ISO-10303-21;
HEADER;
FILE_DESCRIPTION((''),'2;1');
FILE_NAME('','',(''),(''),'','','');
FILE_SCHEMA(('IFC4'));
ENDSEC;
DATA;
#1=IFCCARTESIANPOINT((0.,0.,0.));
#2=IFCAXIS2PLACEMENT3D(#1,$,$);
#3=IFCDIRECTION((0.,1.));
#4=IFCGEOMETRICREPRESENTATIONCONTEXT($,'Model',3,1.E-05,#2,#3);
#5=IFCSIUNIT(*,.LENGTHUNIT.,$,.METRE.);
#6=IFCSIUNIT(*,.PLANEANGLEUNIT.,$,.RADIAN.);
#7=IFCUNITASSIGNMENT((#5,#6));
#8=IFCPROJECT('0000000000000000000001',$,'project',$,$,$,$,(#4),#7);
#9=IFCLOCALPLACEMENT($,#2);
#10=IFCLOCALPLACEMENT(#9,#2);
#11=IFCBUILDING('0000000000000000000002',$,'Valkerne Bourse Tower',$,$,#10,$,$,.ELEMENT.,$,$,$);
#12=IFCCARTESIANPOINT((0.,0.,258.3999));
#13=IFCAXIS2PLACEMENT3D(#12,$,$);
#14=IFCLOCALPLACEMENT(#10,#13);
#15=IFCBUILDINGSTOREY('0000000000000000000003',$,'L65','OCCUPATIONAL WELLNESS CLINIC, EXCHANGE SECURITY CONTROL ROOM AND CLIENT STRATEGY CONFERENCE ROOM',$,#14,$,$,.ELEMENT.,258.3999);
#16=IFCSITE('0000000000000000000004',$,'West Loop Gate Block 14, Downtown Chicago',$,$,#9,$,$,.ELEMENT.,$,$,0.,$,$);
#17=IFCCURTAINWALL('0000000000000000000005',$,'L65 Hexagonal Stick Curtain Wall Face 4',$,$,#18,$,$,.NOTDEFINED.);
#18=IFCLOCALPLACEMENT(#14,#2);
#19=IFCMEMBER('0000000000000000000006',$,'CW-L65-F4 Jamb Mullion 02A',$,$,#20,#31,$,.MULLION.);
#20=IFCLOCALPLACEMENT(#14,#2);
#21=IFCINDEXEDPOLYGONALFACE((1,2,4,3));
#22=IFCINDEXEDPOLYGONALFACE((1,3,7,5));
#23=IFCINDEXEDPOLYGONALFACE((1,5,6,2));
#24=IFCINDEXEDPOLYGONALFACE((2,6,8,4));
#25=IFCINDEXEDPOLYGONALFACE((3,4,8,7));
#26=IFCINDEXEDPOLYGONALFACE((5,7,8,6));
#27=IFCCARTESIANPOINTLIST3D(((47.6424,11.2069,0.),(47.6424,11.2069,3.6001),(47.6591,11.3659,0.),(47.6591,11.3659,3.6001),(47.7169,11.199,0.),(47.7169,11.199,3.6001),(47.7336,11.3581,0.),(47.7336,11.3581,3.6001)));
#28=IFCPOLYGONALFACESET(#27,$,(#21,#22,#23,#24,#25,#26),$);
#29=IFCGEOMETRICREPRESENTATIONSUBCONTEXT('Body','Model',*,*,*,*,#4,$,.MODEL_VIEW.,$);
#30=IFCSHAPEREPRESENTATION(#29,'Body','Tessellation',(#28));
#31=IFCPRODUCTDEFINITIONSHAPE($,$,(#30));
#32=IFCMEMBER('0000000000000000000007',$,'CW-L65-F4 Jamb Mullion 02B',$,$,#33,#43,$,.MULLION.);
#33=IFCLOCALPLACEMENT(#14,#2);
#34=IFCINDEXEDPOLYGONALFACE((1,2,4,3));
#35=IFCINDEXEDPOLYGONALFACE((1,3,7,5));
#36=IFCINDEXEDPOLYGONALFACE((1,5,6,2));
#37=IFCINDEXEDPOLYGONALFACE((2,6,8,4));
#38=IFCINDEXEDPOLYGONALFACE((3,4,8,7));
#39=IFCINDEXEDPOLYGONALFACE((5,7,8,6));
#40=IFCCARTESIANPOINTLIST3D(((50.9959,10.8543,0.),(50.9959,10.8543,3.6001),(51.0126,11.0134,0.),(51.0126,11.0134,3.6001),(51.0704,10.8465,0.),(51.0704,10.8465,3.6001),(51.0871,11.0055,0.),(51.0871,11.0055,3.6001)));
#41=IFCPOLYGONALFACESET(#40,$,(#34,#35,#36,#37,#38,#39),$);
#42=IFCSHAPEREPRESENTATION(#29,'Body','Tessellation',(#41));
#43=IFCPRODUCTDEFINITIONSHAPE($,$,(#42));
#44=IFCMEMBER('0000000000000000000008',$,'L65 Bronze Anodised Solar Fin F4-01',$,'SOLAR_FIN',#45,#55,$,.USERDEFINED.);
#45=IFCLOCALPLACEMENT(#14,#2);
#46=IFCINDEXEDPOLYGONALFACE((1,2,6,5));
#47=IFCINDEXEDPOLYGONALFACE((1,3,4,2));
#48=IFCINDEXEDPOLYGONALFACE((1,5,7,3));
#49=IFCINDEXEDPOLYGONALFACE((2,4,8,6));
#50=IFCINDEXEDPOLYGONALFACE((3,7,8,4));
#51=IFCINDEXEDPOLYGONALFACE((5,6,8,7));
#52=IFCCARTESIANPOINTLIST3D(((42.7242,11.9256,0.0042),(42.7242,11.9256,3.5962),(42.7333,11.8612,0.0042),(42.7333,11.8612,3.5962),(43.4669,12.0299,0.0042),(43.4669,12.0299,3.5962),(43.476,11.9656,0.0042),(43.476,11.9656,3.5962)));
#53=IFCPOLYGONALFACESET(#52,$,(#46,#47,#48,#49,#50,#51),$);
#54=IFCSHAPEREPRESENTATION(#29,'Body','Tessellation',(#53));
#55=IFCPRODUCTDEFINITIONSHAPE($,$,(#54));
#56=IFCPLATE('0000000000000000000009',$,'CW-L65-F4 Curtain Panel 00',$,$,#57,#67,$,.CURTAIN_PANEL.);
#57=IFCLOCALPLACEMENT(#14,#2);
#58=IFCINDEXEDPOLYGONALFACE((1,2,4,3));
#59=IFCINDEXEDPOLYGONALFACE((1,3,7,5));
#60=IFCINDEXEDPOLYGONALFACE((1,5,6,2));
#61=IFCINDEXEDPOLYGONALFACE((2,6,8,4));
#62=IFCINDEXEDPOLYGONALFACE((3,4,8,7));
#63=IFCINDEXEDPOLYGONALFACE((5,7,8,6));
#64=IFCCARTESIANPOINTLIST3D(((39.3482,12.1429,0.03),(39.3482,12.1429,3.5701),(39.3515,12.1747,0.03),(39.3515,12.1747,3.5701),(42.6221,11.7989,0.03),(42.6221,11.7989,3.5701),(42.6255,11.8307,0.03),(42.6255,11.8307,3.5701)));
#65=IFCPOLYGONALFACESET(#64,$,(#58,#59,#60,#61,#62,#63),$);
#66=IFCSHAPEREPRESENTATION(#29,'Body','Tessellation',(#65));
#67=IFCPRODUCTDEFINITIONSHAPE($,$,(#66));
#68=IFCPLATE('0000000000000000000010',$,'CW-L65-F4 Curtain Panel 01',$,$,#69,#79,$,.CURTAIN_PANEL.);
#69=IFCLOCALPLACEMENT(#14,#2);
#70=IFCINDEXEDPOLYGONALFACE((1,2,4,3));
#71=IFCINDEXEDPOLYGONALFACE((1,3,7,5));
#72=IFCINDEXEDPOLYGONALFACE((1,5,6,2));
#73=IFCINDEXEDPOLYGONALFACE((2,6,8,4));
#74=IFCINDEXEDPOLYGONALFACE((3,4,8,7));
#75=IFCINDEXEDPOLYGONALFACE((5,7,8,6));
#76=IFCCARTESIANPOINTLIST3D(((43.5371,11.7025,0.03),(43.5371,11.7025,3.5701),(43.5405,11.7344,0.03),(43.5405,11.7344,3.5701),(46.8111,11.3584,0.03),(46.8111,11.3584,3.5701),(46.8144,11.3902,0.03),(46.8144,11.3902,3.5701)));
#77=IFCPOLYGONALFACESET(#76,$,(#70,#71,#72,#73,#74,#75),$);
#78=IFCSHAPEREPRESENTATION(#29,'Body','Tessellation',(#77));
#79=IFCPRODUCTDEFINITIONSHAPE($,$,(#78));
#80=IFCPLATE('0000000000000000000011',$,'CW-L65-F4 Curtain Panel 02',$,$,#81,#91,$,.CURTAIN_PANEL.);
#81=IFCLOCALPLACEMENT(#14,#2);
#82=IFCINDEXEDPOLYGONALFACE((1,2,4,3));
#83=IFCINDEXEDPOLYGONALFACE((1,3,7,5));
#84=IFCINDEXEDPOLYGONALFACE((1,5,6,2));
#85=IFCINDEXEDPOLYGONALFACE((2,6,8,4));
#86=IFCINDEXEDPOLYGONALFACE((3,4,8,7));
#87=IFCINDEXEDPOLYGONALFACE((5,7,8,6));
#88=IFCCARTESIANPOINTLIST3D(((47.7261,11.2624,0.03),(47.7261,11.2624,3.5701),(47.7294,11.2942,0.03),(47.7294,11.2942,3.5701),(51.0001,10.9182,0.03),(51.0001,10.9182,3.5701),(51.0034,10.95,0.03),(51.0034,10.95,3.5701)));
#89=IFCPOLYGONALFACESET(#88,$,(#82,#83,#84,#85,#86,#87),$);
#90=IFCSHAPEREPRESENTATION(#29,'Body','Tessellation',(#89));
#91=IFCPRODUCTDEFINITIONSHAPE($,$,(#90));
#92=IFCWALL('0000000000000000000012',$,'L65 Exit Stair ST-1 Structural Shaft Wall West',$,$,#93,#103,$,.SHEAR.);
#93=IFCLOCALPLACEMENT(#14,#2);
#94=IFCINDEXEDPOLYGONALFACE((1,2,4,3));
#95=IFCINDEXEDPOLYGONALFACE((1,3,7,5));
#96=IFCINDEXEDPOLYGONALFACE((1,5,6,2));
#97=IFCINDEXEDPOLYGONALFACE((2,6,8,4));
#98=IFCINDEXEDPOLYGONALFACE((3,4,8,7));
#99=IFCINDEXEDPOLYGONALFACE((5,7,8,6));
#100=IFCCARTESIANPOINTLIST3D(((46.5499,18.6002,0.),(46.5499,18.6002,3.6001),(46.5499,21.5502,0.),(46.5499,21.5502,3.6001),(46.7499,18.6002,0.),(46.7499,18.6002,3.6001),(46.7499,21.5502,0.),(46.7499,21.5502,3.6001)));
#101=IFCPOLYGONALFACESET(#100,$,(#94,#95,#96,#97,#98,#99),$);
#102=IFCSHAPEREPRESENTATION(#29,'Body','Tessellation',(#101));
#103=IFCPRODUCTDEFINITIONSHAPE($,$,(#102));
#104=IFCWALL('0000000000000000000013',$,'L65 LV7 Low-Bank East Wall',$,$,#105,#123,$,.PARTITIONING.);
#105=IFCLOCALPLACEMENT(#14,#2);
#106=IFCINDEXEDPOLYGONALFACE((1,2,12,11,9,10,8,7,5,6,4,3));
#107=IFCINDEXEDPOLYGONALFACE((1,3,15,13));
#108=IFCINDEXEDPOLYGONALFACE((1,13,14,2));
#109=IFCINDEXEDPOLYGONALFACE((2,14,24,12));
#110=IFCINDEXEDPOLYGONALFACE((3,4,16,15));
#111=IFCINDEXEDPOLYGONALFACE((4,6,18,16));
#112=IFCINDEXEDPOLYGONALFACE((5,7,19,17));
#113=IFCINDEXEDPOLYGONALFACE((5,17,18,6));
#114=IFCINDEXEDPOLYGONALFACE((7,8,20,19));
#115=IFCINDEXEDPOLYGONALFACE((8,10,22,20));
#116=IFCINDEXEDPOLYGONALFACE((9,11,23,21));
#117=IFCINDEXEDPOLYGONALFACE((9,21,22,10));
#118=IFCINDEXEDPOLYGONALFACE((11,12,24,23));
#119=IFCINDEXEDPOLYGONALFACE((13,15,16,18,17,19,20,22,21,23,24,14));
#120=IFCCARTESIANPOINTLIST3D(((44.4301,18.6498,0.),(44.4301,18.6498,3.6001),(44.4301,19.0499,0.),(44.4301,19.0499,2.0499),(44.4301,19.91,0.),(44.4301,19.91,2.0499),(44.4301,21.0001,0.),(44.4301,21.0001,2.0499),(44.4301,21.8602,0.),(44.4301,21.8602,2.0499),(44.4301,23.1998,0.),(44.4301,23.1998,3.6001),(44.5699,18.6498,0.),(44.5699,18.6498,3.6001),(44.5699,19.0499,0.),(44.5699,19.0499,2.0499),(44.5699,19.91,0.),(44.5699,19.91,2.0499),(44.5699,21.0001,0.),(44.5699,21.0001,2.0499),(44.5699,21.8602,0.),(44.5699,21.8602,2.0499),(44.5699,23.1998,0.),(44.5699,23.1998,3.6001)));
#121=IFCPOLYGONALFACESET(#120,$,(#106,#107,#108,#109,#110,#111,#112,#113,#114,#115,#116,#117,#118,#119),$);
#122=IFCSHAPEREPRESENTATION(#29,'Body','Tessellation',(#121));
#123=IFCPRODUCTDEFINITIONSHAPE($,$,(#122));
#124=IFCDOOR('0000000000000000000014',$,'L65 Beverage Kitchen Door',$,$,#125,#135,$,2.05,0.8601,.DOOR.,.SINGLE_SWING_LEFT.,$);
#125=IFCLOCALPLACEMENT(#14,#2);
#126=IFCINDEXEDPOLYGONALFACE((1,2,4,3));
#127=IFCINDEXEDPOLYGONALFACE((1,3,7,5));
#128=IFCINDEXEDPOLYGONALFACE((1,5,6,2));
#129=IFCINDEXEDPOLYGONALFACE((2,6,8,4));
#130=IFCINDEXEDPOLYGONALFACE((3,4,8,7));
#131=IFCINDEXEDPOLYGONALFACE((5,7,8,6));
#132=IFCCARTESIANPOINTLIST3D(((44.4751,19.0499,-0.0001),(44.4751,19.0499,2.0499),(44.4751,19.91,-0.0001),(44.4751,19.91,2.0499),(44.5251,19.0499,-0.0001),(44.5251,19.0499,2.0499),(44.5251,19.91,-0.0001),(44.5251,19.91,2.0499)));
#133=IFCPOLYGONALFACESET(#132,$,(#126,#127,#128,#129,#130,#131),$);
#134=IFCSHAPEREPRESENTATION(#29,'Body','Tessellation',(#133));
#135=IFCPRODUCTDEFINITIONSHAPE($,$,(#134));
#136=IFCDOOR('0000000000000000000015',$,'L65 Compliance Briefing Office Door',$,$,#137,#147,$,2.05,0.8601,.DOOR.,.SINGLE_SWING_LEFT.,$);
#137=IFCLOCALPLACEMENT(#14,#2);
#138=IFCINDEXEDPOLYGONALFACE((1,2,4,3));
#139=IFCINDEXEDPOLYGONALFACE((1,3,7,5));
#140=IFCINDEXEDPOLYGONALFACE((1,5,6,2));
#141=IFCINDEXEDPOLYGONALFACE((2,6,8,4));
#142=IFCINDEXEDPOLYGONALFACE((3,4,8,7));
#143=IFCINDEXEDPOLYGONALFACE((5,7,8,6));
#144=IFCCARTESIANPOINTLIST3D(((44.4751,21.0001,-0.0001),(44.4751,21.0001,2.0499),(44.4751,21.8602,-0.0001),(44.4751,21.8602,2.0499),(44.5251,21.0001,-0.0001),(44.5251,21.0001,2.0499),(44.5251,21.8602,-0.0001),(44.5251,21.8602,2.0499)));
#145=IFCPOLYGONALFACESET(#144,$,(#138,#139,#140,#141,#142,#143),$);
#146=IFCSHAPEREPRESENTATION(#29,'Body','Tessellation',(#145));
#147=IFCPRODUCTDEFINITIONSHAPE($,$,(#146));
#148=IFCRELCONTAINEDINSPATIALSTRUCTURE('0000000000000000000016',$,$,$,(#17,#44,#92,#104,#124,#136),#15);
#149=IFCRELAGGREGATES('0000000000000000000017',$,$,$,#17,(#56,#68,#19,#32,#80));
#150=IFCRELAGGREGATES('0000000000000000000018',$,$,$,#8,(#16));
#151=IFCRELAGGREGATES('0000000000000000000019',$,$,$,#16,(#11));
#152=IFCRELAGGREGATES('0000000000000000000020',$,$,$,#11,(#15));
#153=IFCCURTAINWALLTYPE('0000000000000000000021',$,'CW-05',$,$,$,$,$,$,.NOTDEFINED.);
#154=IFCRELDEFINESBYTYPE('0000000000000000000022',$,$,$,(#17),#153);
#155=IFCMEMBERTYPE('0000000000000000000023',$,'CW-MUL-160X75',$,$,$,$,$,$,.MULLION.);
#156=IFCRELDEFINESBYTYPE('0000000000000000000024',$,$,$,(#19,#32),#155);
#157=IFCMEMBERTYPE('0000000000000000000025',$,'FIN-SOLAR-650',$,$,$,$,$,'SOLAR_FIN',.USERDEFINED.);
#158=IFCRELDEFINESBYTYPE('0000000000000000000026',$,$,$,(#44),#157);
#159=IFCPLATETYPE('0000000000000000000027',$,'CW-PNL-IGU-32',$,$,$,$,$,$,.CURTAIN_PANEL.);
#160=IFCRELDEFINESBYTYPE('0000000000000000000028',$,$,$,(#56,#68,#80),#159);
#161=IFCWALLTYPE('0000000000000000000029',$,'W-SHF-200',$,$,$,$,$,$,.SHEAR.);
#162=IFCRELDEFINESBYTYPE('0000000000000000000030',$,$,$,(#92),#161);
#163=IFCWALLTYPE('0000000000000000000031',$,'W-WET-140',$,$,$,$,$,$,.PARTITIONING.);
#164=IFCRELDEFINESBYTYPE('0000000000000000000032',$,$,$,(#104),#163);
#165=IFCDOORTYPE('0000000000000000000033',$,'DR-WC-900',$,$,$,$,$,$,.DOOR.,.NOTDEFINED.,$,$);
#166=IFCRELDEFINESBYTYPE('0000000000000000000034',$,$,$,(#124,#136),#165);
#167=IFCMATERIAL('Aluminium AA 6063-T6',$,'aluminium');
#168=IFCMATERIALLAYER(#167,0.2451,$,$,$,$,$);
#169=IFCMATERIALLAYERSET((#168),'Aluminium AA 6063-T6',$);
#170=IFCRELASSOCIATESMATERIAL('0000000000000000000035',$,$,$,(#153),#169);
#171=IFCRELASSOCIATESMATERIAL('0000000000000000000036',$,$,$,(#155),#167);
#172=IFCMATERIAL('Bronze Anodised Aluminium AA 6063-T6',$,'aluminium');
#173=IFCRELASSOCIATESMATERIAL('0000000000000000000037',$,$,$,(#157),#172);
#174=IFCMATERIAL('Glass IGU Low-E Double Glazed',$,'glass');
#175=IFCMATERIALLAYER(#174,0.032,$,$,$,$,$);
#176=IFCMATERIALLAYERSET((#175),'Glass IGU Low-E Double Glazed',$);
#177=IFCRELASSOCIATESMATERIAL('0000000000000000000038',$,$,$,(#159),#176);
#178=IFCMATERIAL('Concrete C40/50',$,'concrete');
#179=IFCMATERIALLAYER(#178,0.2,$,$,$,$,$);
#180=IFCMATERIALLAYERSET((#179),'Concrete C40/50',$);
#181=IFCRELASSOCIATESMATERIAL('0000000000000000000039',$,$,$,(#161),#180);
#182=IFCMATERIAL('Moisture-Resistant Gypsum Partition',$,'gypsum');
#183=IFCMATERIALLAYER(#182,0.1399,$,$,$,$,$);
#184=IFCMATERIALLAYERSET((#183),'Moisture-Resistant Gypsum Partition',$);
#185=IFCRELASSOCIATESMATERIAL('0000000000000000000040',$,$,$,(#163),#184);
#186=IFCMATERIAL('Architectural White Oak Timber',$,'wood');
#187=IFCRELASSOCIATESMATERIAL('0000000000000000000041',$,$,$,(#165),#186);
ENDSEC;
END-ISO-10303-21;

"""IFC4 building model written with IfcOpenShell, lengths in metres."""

from ifc_helpers import new_model, si_unit, direction, frame, frame_2d, origin, origin_2d, place, context, subcontext, project, spatial, rectangle, extrude, material, layer, layer_set, material_profile, profile_set, type_object, element, fill, aggregate, save


model = new_model("IFC4")

# Units and contexts
model_context = context("Model", 3, precision=1e-05, world=origin(), true_north=direction((0.0, 1.0)))
body_context = subcontext(model_context, "Body", "Model", "MODEL_VIEW")
ifc_project = project(units=[si_unit("LENGTHUNIT", "METRE"), si_unit("PLANEANGLEUNIT", "RADIAN")], contexts=[model_context])

# Site, building, storey
site_placement = place(None, origin())
site = spatial("IfcSite", under=ifc_project, at=site_placement, Name="West Loop Gate Block 14, Downtown Chicago", CompositionType="ELEMENT", RefElevation=0.0)
building_placement = place(site_placement, origin())
building = spatial("IfcBuilding", under=site, at=building_placement, Name="Valkerne Bourse Tower", CompositionType="ELEMENT")
storey_placement = place(building_placement, frame((0.0, 0.0, 258.3999)))
storey = spatial("IfcBuildingStorey", under=building, at=storey_placement, Name="L65", Description="OCCUPATIONAL WELLNESS CLINIC, EXCHANGE SECURITY CONTROL ROOM AND CLIENT STRATEGY CONFERENCE ROOM", CompositionType="ELEMENT", Elevation=258.3999)

# Curtain wall, members
ifc_material_1 = material(Name="Aluminium AA 6063-T6", Category="aluminium")
ifc_layer_1 = layer(ifc_material_1, 0.2451)
ifc_layer_set_1 = layer_set([ifc_layer_1], Name="Aluminium AA 6063-T6")
curtain_wall_type = type_object("IfcCurtainWallType", Name="CW-05", PredefinedType="NOTDEFINED", material=ifc_layer_set_1)
curtain_wall_placement = place(storey_placement, origin())
curtain_wall = element("IfcCurtainWall", 1, at=curtain_wall_placement, inside=storey, type_object=curtain_wall_type, Name="L65 Hexagonal Stick Curtain Wall Face 4", PredefinedType="NOTDEFINED")
ifc_material_profile_1 = material_profile(ifc_material_1, rectangle(XDim=0.075, YDim=0.1599, at=origin_2d()), Name="CWM-75X160")
ifc_profile_set_1 = profile_set([ifc_material_profile_1], Name="Aluminium AA 6063-T6")
member_type_1 = type_object("IfcMemberType", Name="CW-MUL-160X75", PredefinedType="MULLION", material=ifc_profile_set_1)
member_1_placement = place(storey_placement, frame((47.688, 11.2825, 0.0), z_axis=(0.0, 0.0, 1.0), x_axis=(0.994521, -0.104535, 0.0)))
member_1 = element("IfcMember", 2, at=member_1_placement, type_object=member_type_1, Name="CW-L65-F4 Jamb Mullion 02A", PredefinedType="MULLION", context=body_context, shape_type="SweptSolid", body=[
    extrude(rectangle(XDim=0.075, YDim=0.1599, at=origin_2d()), origin(), (0.0, 0.0, 1.0), 3.6001),
])
member_2_placement = place(storey_placement, frame((51.0415, 10.9299, 0.0), z_axis=(0.0, 0.0, 1.0), x_axis=(0.994521, -0.104535, 0.0)))
member_2 = element("IfcMember", 3, at=member_2_placement, type_object=member_type_1, Name="CW-L65-F4 Jamb Mullion 02B", PredefinedType="MULLION", context=body_context, shape_type="SweptSolid", body=[
    extrude(rectangle(XDim=0.075, YDim=0.1599, at=origin_2d()), origin(), (0.0, 0.0, 1.0), 3.6001),
])

# Member
ifc_material_2 = material(Name="Bronze Anodised Aluminium AA 6063-T6", Category="aluminium")
ifc_material_profile_2 = material_profile(ifc_material_2, rectangle(XDim=0.0649, YDim=0.75, at=origin_2d()), Name="FIN-65X750")
ifc_profile_set_2 = profile_set([ifc_material_profile_2], Name="Bronze Anodised Aluminium AA 6063-T6")
member_type_2 = type_object("IfcMemberType", Name="FIN-SOLAR-650", ElementType="SOLAR_FIN", PredefinedType="USERDEFINED", material=ifc_profile_set_2)
member_3_placement = place(storey_placement, frame((43.1001, 11.9456, 0.0042), z_axis=(0.0, 0.0, 1.0), x_axis=(0.139086, -0.99028, 0.0)))
element("IfcMember", 4, at=member_3_placement, inside=storey, type_object=member_type_2, Name="L65 Bronze Anodised Solar Fin F4-01", ObjectType="SOLAR_FIN", PredefinedType="USERDEFINED", context=body_context, shape_type="SweptSolid", body=[
    extrude(rectangle(XDim=0.0649, YDim=0.75, at=origin_2d()), origin(), (0.0, 0.0, 1.0), 3.592),
])

# Plates
ifc_material_3 = material(Name="Glass IGU Low-E Double Glazed", Category="glass")
ifc_layer_2 = layer(ifc_material_3, 0.032)
ifc_layer_set_2 = layer_set([ifc_layer_2], Name="Glass IGU Low-E Double Glazed")
plate_type = type_object("IfcPlateType", Name="CW-PNL-IGU-32", PredefinedType="CURTAIN_PANEL", material=ifc_layer_set_2)
plate_1_placement = place(storey_placement, frame((40.9868, 11.9868, 0.03), z_axis=(0.0, 0.0, 1.0), x_axis=(0.994524, -0.104512, 0.0)))
plate_1 = element("IfcPlate", 5, at=plate_1_placement, type_object=plate_type, Name="CW-L65-F4 Curtain Panel 00", PredefinedType="CURTAIN_PANEL", context=body_context, shape_type="SweptSolid", body=[
    extrude(rectangle(XDim=3.292, YDim=0.032, at=origin_2d()), origin(), (0.0, 0.0, 1.0), 3.54),
])
plate_2_placement = place(storey_placement, frame((45.1758, 11.5464, 0.03), z_axis=(0.0, 0.0, 1.0), x_axis=(0.994521, -0.104533, 0.0)))
plate_2 = element("IfcPlate", 6, at=plate_2_placement, type_object=plate_type, Name="CW-L65-F4 Curtain Panel 01", PredefinedType="CURTAIN_PANEL", context=body_context, shape_type="SweptSolid", body=[
    extrude(rectangle(XDim=3.292, YDim=0.032, at=origin_2d()), origin(), (0.0, 0.0, 1.0), 3.54),
])
plate_3_placement = place(storey_placement, frame((49.3647, 11.1062, 0.03), z_axis=(0.0, 0.0, 1.0), x_axis=(0.994521, -0.104535, 0.0)))
plate_3 = element("IfcPlate", 7, at=plate_3_placement, type_object=plate_type, Name="CW-L65-F4 Curtain Panel 02", PredefinedType="CURTAIN_PANEL", context=body_context, shape_type="SweptSolid", body=[
    extrude(rectangle(XDim=3.292, YDim=0.032, at=origin_2d()), origin(), (0.0, 0.0, 1.0), 3.54),
])
aggregate(curtain_wall, [plate_1, plate_2, member_1, member_2, plate_3])

# Wall
ifc_material_4 = material(Name="Concrete C40/50", Category="concrete")
ifc_layer_3 = layer(ifc_material_4, 0.2)
ifc_layer_set_3 = layer_set([ifc_layer_3], Name="Concrete C40/50")
wall_type_1 = type_object("IfcWallType", Name="W-SHF-200", PredefinedType="SHEAR", material=ifc_layer_set_3)
wall_1_placement = place(storey_placement, frame((46.6499, 18.6001, 0.0), z_axis=(0.0, 0.0, 1.0), x_axis=(0.0, 1.0, 0.0)))
element("IfcWall", 8, at=wall_1_placement, inside=storey, type_object=wall_type_1, Name="L65 Exit Stair ST-1 Structural Shaft Wall West", PredefinedType="SHEAR", context=body_context, shape_type="SweptSolid", body=[
    extrude(rectangle(XDim=2.95, YDim=0.2, at=frame_2d((1.4751, 0.0))), origin(), (0.0, 0.0, 1.0), 3.6001),
])

# Wall, openings, doors
ifc_material_5 = material(Name="Moisture-Resistant Gypsum Partition", Category="gypsum")
ifc_layer_4 = layer(ifc_material_5, 0.1399)
ifc_layer_set_4 = layer_set([ifc_layer_4], Name="Moisture-Resistant Gypsum Partition")
wall_type_2 = type_object("IfcWallType", Name="W-WET-140", PredefinedType="PARTITIONING", material=ifc_layer_set_4)
wall_2_placement = place(storey_placement, frame((44.5, 18.6499, 0.0), z_axis=(0.0, 0.0, 1.0), x_axis=(0.0, 1.0, 0.0)))
wall_2 = element("IfcWall", 9, at=wall_2_placement, inside=storey, type_object=wall_type_2, Name="L65 LV7 Low-Bank East Wall", PredefinedType="PARTITIONING", context=body_context, shape_type="SweptSolid", body=[
    extrude(rectangle(XDim=4.55, YDim=0.1399, at=frame_2d((2.2749, 0.0))), origin(), (0.0, 0.0, 1.0), 3.6001),
])
opening_1_placement = place(wall_2_placement, frame((0.3999, 0.0, 0.0)))
opening_1 = element("IfcOpeningElement", 10, at=opening_1_placement, cuts=wall_2, PredefinedType="OPENING", context=body_context, shape_type="SweptSolid", body=[
    extrude(rectangle(XDim=0.8601, YDim=2.05, at=frame_2d((0.4302, 1.0249))), frame((0.0, 0.0798, 0.0), z_axis=(0.0, -1.0, 0.0), x_axis=(1.0, 0.0, 0.0)), (0.0, 0.0, 1.0), 0.1599),
])
opening_2_placement = place(wall_2_placement, frame((2.3501, 0.0, 0.0)))
opening_2 = element("IfcOpeningElement", 11, at=opening_2_placement, cuts=wall_2, PredefinedType="OPENING", context=body_context, shape_type="SweptSolid", body=[
    extrude(rectangle(XDim=0.8601, YDim=2.05, at=frame_2d((0.4302, 1.0249))), frame((0.0, 0.0798, 0.0), z_axis=(0.0, -1.0, 0.0), x_axis=(1.0, 0.0, 0.0)), (0.0, 0.0, 1.0), 0.1599),
])
ifc_material_6 = material(Name="Architectural White Oak Timber", Category="wood")
door_type = type_object("IfcDoorType", Name="DR-WC-900", OperationType="NOTDEFINED", PredefinedType="DOOR", material=ifc_material_6)
door_1_placement = place(opening_1_placement, origin())
door_1 = element("IfcDoor", 12, at=door_1_placement, inside=storey, type_object=door_type, Name="L65 Beverage Kitchen Door", OperationType="SINGLE_SWING_LEFT", OverallHeight=2.05, OverallWidth=0.8601, PredefinedType="DOOR", context=body_context, shape_type="SweptSolid", body=[
    extrude(rectangle(XDim=0.8601, YDim=2.05, at=frame_2d((0.4302, 1.0249))), frame((0.0, 0.0249, 0.0), z_axis=(0.0, -1.0, 0.0), x_axis=(1.0, 0.0, 0.0)), (0.0, 0.0, 1.0), 0.05),
])
fill(opening_1, door_1)
door_2_placement = place(opening_2_placement, origin())
door_2 = element("IfcDoor", 13, at=door_2_placement, inside=storey, type_object=door_type, Name="L65 Compliance Briefing Office Door", OperationType="SINGLE_SWING_LEFT", OverallHeight=2.05, OverallWidth=0.8601, PredefinedType="DOOR", context=body_context, shape_type="SweptSolid", body=[
    extrude(rectangle(XDim=0.8601, YDim=2.05, at=frame_2d((0.4302, 1.0249))), frame((0.0, 0.0249, 0.0), z_axis=(0.0, -1.0, 0.0), x_axis=(1.0, 0.0, 0.0)), (0.0, 0.0, 1.0), 0.05),
])
fill(opening_2, door_2)

save(model, "model.ifc")
